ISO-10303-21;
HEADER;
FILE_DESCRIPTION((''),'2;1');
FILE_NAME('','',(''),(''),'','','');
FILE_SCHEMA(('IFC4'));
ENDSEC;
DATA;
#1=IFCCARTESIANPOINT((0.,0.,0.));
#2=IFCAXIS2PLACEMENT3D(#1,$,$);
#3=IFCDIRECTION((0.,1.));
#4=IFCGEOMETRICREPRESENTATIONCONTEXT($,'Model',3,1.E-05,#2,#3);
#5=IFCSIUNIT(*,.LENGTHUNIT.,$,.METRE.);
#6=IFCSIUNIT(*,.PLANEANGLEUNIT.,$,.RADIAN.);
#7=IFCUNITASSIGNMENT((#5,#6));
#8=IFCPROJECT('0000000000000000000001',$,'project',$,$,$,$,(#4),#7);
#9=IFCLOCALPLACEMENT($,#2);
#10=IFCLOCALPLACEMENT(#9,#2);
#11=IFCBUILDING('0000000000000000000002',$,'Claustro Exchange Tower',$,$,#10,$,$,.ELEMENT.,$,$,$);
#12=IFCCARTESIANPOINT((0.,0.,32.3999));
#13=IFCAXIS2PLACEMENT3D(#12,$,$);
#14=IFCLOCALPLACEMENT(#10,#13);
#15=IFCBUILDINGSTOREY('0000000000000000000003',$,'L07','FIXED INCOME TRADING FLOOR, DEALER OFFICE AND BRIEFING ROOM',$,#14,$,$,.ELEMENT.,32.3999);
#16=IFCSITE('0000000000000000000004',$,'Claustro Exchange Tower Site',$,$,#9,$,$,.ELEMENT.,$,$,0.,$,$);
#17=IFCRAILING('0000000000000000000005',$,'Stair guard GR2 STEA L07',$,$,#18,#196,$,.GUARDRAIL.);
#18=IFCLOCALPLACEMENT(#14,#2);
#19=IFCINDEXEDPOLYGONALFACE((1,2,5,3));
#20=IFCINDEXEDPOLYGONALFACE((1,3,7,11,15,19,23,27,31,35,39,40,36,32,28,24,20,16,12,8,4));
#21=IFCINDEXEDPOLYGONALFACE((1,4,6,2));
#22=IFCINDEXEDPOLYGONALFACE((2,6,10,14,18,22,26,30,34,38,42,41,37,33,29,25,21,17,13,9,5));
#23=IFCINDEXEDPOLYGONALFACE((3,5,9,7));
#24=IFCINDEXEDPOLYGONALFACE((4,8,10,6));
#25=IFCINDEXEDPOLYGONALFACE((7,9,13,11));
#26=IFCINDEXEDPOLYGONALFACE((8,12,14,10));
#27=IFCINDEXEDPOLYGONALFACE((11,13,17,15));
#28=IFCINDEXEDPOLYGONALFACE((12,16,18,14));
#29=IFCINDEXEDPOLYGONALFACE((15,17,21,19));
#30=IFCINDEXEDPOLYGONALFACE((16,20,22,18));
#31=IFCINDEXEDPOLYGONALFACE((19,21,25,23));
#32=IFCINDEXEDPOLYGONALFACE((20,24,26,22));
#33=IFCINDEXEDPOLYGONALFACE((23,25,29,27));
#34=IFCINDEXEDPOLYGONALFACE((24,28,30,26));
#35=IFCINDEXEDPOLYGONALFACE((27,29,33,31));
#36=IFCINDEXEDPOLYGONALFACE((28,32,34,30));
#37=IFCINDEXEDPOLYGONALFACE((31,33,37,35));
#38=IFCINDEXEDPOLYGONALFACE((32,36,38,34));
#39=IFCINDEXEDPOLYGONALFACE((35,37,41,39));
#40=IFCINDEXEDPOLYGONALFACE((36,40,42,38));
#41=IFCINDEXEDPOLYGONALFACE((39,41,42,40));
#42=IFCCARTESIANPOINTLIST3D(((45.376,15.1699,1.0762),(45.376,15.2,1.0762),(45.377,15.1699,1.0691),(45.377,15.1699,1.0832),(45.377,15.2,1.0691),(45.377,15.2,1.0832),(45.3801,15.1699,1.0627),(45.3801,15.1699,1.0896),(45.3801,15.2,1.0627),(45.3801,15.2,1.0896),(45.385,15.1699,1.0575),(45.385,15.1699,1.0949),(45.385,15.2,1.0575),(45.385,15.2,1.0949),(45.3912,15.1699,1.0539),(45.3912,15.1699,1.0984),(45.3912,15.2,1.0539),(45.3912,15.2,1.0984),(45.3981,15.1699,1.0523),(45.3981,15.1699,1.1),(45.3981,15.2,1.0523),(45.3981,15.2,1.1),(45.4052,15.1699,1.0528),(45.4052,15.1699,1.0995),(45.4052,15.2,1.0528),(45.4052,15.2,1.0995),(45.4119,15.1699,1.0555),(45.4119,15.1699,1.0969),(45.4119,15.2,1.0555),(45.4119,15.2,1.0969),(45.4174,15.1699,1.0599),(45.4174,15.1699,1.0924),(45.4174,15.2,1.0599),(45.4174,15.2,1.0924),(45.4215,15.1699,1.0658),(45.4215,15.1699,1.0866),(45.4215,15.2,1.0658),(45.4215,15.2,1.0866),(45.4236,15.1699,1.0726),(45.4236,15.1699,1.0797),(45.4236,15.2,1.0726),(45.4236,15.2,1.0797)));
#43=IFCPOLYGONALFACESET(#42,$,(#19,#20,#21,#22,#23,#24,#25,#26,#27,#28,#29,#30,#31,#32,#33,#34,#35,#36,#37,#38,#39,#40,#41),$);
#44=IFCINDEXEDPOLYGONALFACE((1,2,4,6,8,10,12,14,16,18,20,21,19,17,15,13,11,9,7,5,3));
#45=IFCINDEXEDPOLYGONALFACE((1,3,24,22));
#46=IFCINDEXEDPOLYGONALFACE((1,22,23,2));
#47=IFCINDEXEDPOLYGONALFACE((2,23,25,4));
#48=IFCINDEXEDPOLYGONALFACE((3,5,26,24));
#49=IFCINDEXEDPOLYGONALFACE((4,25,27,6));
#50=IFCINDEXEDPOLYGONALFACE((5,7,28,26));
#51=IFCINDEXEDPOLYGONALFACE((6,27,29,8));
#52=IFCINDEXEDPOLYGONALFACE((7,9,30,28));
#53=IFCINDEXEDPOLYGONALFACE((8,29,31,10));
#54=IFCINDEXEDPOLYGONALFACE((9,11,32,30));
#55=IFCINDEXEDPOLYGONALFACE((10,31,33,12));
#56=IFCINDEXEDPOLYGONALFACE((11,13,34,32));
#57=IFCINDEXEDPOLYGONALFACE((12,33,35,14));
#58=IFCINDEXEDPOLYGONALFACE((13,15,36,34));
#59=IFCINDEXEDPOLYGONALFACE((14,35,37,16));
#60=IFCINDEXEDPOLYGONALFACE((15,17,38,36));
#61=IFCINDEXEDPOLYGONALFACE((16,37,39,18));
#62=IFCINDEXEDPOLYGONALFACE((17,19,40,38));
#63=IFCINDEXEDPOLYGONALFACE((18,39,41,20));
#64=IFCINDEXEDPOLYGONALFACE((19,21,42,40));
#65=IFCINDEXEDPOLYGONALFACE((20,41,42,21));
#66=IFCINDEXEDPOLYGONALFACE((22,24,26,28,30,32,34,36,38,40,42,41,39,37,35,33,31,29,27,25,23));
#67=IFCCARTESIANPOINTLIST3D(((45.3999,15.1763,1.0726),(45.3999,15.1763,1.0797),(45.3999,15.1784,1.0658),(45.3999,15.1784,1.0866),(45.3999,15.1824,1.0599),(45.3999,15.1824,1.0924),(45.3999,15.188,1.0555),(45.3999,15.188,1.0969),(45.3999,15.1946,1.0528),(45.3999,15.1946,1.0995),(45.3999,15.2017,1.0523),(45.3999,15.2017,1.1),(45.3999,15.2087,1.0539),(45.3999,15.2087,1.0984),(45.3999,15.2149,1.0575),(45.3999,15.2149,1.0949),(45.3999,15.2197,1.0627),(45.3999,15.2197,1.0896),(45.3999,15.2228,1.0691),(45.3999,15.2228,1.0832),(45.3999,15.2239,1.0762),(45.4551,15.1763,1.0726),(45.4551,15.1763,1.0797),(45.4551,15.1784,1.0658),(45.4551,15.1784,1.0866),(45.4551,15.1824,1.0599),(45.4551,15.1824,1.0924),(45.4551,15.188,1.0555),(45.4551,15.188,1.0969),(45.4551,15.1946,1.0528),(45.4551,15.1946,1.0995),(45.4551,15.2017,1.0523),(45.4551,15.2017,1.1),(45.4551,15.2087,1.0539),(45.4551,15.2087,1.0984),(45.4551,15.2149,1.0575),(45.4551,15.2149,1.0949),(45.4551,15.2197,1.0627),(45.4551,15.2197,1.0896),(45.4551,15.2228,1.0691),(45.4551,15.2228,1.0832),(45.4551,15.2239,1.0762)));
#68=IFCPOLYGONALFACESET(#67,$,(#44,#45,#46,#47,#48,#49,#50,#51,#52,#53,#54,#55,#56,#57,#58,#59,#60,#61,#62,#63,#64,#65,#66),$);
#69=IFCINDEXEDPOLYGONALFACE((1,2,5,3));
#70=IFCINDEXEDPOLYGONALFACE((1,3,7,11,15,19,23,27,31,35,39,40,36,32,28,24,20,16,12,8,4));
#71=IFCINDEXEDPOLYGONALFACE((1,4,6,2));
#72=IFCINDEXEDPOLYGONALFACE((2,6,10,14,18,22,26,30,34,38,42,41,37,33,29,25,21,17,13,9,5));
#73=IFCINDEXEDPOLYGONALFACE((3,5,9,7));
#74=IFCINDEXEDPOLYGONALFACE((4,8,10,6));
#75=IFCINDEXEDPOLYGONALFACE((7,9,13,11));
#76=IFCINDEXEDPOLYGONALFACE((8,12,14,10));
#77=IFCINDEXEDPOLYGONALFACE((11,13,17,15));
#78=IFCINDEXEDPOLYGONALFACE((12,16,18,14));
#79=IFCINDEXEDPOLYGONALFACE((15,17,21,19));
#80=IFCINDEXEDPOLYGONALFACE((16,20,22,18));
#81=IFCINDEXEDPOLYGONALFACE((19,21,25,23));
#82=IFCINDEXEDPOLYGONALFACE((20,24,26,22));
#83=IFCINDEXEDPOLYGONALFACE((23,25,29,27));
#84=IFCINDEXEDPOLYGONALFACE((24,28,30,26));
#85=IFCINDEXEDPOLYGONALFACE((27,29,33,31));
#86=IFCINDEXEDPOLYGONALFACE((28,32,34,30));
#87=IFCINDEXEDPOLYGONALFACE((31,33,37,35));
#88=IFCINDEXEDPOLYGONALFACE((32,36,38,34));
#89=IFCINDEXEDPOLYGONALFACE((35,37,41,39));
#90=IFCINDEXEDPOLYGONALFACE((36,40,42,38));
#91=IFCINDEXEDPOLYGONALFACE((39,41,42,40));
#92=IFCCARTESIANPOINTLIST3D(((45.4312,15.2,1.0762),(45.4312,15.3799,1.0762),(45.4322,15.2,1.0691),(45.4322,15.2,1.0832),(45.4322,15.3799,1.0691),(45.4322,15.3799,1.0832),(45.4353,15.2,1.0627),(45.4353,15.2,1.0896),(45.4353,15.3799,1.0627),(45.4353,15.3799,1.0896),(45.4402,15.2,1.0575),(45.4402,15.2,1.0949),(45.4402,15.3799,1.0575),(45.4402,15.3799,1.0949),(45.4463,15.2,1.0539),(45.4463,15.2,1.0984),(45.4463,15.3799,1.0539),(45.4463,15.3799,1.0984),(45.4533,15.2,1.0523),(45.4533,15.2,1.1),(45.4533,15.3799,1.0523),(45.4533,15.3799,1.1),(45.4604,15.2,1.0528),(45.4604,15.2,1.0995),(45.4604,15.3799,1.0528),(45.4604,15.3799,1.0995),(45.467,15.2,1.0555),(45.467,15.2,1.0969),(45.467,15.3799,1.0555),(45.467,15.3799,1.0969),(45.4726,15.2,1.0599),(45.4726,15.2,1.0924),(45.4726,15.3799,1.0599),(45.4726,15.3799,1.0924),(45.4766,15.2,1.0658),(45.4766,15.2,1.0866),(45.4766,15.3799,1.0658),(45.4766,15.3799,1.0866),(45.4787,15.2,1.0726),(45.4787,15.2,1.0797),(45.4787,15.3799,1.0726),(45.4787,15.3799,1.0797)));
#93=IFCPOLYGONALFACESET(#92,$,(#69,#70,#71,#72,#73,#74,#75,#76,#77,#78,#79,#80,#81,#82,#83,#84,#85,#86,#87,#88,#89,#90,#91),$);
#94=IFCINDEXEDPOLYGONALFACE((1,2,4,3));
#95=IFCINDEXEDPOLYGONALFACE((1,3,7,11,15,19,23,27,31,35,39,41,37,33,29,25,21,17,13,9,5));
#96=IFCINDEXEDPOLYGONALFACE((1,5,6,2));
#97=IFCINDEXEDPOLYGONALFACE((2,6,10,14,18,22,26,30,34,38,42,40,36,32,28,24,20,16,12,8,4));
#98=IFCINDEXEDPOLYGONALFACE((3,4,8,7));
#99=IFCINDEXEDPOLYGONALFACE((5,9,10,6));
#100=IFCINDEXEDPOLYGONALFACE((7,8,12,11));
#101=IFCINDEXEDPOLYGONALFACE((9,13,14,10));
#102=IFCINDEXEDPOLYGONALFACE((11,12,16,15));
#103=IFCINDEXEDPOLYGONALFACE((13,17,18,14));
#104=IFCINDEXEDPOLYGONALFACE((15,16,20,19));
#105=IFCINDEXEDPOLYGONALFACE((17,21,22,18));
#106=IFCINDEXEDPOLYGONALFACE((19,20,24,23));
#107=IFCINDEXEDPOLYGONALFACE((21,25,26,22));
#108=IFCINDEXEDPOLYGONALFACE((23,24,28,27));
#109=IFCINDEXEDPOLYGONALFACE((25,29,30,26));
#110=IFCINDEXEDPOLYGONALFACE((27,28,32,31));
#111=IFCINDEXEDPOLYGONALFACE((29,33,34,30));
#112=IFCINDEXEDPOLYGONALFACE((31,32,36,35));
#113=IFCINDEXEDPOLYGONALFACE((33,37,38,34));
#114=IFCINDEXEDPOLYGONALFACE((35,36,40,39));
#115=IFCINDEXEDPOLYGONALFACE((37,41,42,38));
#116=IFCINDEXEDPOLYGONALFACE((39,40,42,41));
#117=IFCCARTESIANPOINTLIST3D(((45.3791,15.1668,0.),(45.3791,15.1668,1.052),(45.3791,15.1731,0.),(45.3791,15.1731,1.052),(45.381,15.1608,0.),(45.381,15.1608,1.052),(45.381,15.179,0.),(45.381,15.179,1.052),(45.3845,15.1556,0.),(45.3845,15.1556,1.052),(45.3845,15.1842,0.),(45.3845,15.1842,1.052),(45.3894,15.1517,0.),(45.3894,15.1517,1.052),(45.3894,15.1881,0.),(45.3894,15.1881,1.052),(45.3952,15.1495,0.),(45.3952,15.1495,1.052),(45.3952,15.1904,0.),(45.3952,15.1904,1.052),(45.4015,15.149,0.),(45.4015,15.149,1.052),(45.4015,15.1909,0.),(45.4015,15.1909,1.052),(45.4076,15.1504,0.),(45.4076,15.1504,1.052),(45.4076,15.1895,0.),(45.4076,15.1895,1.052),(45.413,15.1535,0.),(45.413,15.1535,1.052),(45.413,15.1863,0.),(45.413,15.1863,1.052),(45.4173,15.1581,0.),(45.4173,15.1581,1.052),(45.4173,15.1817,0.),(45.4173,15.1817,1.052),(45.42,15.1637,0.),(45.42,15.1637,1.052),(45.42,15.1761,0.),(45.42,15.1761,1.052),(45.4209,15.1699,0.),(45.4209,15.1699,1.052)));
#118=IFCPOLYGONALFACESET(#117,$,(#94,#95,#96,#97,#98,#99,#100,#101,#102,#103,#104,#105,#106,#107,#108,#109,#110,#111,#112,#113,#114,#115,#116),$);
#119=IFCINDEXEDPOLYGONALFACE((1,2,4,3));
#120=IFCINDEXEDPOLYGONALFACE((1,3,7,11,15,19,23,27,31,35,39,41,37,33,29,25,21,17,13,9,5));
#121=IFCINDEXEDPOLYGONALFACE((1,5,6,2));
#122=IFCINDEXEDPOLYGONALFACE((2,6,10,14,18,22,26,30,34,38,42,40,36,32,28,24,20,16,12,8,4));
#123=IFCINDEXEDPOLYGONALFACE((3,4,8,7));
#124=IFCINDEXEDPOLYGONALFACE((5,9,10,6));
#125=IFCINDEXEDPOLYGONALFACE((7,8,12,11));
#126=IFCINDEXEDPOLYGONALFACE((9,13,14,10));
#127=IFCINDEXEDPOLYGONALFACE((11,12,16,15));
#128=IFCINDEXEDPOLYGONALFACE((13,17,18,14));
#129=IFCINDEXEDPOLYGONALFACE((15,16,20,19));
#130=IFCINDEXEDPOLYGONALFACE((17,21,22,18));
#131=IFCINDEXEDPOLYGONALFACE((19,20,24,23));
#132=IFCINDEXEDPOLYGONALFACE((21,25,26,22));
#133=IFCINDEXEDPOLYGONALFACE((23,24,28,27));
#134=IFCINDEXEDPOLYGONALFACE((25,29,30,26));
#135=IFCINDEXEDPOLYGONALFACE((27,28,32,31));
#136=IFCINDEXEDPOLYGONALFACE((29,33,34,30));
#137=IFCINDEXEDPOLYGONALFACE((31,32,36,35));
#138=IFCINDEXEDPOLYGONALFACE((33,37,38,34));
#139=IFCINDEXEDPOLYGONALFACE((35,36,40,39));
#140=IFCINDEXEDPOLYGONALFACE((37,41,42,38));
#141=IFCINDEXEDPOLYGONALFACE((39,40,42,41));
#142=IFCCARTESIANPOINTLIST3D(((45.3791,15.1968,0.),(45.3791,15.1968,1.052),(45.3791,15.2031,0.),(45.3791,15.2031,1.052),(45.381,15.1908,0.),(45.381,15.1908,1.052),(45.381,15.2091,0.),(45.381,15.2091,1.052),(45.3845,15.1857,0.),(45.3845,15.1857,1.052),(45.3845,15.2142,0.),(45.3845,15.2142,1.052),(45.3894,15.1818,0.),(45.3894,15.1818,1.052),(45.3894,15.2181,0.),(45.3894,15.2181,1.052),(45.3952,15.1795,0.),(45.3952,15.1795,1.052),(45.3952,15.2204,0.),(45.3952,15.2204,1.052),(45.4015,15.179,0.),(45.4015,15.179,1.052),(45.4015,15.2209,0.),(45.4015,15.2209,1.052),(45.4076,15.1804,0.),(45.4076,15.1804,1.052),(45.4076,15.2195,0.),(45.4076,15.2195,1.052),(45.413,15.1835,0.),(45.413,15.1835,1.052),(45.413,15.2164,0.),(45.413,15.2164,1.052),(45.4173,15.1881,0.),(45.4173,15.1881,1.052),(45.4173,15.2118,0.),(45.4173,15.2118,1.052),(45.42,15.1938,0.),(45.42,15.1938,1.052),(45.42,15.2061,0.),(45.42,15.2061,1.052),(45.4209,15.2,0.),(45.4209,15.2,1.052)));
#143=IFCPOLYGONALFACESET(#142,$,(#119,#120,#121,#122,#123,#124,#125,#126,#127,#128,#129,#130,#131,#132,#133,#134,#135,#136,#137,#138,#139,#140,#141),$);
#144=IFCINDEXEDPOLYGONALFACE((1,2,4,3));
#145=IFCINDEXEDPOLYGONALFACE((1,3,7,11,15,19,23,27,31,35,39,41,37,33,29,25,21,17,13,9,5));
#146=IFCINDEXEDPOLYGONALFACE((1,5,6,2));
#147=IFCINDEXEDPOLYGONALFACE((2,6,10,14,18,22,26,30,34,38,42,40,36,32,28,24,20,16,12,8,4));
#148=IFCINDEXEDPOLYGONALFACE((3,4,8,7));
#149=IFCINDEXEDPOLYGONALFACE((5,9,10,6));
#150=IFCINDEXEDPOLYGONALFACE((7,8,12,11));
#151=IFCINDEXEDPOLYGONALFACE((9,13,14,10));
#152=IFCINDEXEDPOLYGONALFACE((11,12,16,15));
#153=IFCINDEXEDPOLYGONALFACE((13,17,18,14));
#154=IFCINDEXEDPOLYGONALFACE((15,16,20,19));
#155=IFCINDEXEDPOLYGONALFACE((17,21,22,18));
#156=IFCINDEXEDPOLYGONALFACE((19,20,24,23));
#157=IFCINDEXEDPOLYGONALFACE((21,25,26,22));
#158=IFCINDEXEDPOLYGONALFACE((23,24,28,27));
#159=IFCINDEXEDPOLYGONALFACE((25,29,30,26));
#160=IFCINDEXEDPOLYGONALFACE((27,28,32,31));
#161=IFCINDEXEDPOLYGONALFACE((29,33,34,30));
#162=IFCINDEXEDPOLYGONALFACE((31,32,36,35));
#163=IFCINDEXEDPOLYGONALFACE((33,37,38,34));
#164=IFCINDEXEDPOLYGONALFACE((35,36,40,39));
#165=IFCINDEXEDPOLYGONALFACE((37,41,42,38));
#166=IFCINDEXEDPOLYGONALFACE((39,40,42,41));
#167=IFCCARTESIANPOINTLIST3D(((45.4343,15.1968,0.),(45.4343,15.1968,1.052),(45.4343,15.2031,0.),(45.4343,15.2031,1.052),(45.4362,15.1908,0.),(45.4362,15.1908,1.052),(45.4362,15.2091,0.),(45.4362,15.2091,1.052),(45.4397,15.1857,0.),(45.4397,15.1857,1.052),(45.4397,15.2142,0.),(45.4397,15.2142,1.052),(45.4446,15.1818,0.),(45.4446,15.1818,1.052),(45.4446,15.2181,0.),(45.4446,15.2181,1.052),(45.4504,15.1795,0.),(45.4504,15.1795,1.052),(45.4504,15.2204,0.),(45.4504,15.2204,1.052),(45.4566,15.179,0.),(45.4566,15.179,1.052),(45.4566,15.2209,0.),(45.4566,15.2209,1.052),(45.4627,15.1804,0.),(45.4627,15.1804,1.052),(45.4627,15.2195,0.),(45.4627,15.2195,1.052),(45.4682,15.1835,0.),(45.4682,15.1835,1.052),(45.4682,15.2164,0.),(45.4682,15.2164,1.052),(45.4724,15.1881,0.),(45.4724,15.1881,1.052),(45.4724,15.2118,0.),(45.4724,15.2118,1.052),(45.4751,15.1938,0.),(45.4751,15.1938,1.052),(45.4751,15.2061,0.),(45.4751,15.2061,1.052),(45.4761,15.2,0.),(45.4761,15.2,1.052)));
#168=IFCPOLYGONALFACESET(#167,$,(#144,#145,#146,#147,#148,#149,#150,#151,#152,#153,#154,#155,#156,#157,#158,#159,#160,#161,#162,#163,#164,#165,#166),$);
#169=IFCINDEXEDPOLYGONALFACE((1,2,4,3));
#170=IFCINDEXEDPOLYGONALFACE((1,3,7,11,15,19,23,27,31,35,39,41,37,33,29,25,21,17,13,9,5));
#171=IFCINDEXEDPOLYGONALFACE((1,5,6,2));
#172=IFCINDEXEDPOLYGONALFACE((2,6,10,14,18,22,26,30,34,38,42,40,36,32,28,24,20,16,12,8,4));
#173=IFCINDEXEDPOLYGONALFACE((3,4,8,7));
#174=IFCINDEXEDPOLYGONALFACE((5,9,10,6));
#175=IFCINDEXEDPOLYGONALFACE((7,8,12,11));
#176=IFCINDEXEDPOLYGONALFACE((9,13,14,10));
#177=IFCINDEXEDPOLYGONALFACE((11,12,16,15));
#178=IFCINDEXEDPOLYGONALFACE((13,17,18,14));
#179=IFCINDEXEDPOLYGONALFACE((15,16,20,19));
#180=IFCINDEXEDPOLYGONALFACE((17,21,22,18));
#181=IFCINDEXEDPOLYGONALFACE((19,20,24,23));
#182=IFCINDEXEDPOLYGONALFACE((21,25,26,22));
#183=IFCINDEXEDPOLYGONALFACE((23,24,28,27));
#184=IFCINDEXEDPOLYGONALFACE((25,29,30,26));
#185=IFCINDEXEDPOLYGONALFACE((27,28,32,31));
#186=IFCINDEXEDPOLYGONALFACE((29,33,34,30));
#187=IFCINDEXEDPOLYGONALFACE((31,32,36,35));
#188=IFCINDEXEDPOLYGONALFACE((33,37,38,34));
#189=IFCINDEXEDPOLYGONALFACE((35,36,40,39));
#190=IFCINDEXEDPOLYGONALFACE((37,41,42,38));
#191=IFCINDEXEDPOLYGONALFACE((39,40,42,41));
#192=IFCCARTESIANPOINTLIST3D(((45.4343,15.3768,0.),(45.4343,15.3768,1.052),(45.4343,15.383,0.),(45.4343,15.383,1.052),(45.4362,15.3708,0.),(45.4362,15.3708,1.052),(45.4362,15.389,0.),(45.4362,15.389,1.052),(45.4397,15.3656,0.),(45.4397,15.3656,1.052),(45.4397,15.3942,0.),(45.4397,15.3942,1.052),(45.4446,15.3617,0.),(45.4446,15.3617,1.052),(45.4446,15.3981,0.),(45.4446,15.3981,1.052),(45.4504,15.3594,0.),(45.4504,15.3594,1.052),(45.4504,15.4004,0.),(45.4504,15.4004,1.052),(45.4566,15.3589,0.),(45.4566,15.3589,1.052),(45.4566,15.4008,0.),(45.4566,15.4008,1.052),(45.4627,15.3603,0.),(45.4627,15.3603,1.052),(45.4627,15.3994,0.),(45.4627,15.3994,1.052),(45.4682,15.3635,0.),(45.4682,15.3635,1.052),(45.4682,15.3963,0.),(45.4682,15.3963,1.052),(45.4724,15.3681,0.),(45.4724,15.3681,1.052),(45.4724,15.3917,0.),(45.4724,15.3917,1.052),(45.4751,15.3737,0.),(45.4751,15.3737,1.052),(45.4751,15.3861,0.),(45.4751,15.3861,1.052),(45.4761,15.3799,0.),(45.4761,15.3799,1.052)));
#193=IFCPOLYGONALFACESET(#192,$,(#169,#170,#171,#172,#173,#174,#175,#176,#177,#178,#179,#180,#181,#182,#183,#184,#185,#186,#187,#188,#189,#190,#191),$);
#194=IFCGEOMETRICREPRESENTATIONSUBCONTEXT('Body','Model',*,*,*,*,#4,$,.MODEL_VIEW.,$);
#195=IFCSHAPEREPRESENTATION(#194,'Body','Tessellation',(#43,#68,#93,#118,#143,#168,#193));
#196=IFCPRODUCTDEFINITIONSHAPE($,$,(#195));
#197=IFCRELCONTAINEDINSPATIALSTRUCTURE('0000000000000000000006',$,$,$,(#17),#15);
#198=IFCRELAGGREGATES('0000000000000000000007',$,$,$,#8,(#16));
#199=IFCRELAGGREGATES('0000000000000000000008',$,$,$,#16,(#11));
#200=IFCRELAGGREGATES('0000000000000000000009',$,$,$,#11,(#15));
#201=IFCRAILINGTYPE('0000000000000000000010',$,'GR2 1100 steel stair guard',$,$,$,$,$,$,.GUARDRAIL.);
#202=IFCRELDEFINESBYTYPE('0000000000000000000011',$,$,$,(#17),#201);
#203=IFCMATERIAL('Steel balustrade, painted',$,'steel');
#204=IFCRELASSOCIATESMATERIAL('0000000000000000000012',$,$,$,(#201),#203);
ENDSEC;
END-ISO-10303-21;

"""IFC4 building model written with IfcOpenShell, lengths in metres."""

from ifc_helpers import new_model, si_unit, direction, frame, origin, origin_2d, place, context, subcontext, project, spatial, circle, extrude, material, type_object, element, save


model = new_model("IFC4")

# Units and contexts
model_context = context("Model", 3, precision=1e-05, world=origin(), true_north=direction((0.0, 1.0)))
body_context = subcontext(model_context, "Body", "Model", "MODEL_VIEW")
ifc_project = project(units=[si_unit("LENGTHUNIT", "METRE"), si_unit("PLANEANGLEUNIT", "RADIAN")], contexts=[model_context])

# Site, building, storey
site_placement = place(None, origin())
site = spatial("IfcSite", under=ifc_project, at=site_placement, Name="Claustro Exchange Tower Site", CompositionType="ELEMENT", RefElevation=0.0)
building_placement = place(site_placement, origin())
building = spatial("IfcBuilding", under=site, at=building_placement, Name="Claustro Exchange Tower", CompositionType="ELEMENT")
storey_placement = place(building_placement, frame((0.0, 0.0, 32.3999)))
storey = spatial("IfcBuildingStorey", under=building, at=storey_placement, Name="L07", Description="FIXED INCOME TRADING FLOOR, DEALER OFFICE AND BRIEFING ROOM", CompositionType="ELEMENT", Elevation=32.3999)

# Railing
ifc_material_1 = material(Name="Steel balustrade, painted", Category="steel")
railing_type_1 = type_object("IfcRailingType", Name="GR2 1100 steel stair guard", PredefinedType="GUARDRAIL", material=ifc_material_1)
railing_1_placement = place(storey_placement, frame((45.3999, 15.1699, 0.0)))
element("IfcRailing", 1, at=railing_1_placement, inside=storey, type_object=railing_type_1, Name="Stair guard GR2 STEA L07", PredefinedType="GUARDRAIL", context=body_context, shape_type="SweptSolid", body=[
    extrude(circle(Radius=0.0239, at=origin_2d()), frame((0.0, 0.0, 1.0762), z_axis=(0.0, 1.0, 0.0), x_axis=(-1.0, 0.0, 0.0)), (0.0, 0.0, 1.0), 0.03),
    extrude(circle(Radius=0.0239, at=origin_2d()), frame((0.0, 0.03, 1.0762), z_axis=(1.0, 0.0, 0.0), x_axis=(0.0, 1.0, 0.0)), (0.0, 0.0, 1.0), 0.0552),
    extrude(circle(Radius=0.0239, at=origin_2d()), frame((0.0552, 0.03, 1.0762), z_axis=(0.0, 1.0, 0.0), x_axis=(-1.0, 0.0, 0.0)), (0.0, 0.0, 1.0), 0.1799),
    extrude(circle(Radius=0.021, at=origin_2d()), origin(), (0.0, 0.0, 1.0), 1.052),
    extrude(circle(Radius=0.021, at=origin_2d()), frame((0.0, 0.03, 0.0)), (0.0, 0.0, 1.0), 1.052),
    extrude(circle(Radius=0.021, at=origin_2d()), frame((0.0552, 0.03, 0.0)), (0.0, 0.0, 1.0), 1.052),
    extrude(circle(Radius=0.021, at=origin_2d()), frame((0.0552, 0.21, 0.0)), (0.0, 0.0, 1.0), 1.052),
])

save(model, "model.ifc")
